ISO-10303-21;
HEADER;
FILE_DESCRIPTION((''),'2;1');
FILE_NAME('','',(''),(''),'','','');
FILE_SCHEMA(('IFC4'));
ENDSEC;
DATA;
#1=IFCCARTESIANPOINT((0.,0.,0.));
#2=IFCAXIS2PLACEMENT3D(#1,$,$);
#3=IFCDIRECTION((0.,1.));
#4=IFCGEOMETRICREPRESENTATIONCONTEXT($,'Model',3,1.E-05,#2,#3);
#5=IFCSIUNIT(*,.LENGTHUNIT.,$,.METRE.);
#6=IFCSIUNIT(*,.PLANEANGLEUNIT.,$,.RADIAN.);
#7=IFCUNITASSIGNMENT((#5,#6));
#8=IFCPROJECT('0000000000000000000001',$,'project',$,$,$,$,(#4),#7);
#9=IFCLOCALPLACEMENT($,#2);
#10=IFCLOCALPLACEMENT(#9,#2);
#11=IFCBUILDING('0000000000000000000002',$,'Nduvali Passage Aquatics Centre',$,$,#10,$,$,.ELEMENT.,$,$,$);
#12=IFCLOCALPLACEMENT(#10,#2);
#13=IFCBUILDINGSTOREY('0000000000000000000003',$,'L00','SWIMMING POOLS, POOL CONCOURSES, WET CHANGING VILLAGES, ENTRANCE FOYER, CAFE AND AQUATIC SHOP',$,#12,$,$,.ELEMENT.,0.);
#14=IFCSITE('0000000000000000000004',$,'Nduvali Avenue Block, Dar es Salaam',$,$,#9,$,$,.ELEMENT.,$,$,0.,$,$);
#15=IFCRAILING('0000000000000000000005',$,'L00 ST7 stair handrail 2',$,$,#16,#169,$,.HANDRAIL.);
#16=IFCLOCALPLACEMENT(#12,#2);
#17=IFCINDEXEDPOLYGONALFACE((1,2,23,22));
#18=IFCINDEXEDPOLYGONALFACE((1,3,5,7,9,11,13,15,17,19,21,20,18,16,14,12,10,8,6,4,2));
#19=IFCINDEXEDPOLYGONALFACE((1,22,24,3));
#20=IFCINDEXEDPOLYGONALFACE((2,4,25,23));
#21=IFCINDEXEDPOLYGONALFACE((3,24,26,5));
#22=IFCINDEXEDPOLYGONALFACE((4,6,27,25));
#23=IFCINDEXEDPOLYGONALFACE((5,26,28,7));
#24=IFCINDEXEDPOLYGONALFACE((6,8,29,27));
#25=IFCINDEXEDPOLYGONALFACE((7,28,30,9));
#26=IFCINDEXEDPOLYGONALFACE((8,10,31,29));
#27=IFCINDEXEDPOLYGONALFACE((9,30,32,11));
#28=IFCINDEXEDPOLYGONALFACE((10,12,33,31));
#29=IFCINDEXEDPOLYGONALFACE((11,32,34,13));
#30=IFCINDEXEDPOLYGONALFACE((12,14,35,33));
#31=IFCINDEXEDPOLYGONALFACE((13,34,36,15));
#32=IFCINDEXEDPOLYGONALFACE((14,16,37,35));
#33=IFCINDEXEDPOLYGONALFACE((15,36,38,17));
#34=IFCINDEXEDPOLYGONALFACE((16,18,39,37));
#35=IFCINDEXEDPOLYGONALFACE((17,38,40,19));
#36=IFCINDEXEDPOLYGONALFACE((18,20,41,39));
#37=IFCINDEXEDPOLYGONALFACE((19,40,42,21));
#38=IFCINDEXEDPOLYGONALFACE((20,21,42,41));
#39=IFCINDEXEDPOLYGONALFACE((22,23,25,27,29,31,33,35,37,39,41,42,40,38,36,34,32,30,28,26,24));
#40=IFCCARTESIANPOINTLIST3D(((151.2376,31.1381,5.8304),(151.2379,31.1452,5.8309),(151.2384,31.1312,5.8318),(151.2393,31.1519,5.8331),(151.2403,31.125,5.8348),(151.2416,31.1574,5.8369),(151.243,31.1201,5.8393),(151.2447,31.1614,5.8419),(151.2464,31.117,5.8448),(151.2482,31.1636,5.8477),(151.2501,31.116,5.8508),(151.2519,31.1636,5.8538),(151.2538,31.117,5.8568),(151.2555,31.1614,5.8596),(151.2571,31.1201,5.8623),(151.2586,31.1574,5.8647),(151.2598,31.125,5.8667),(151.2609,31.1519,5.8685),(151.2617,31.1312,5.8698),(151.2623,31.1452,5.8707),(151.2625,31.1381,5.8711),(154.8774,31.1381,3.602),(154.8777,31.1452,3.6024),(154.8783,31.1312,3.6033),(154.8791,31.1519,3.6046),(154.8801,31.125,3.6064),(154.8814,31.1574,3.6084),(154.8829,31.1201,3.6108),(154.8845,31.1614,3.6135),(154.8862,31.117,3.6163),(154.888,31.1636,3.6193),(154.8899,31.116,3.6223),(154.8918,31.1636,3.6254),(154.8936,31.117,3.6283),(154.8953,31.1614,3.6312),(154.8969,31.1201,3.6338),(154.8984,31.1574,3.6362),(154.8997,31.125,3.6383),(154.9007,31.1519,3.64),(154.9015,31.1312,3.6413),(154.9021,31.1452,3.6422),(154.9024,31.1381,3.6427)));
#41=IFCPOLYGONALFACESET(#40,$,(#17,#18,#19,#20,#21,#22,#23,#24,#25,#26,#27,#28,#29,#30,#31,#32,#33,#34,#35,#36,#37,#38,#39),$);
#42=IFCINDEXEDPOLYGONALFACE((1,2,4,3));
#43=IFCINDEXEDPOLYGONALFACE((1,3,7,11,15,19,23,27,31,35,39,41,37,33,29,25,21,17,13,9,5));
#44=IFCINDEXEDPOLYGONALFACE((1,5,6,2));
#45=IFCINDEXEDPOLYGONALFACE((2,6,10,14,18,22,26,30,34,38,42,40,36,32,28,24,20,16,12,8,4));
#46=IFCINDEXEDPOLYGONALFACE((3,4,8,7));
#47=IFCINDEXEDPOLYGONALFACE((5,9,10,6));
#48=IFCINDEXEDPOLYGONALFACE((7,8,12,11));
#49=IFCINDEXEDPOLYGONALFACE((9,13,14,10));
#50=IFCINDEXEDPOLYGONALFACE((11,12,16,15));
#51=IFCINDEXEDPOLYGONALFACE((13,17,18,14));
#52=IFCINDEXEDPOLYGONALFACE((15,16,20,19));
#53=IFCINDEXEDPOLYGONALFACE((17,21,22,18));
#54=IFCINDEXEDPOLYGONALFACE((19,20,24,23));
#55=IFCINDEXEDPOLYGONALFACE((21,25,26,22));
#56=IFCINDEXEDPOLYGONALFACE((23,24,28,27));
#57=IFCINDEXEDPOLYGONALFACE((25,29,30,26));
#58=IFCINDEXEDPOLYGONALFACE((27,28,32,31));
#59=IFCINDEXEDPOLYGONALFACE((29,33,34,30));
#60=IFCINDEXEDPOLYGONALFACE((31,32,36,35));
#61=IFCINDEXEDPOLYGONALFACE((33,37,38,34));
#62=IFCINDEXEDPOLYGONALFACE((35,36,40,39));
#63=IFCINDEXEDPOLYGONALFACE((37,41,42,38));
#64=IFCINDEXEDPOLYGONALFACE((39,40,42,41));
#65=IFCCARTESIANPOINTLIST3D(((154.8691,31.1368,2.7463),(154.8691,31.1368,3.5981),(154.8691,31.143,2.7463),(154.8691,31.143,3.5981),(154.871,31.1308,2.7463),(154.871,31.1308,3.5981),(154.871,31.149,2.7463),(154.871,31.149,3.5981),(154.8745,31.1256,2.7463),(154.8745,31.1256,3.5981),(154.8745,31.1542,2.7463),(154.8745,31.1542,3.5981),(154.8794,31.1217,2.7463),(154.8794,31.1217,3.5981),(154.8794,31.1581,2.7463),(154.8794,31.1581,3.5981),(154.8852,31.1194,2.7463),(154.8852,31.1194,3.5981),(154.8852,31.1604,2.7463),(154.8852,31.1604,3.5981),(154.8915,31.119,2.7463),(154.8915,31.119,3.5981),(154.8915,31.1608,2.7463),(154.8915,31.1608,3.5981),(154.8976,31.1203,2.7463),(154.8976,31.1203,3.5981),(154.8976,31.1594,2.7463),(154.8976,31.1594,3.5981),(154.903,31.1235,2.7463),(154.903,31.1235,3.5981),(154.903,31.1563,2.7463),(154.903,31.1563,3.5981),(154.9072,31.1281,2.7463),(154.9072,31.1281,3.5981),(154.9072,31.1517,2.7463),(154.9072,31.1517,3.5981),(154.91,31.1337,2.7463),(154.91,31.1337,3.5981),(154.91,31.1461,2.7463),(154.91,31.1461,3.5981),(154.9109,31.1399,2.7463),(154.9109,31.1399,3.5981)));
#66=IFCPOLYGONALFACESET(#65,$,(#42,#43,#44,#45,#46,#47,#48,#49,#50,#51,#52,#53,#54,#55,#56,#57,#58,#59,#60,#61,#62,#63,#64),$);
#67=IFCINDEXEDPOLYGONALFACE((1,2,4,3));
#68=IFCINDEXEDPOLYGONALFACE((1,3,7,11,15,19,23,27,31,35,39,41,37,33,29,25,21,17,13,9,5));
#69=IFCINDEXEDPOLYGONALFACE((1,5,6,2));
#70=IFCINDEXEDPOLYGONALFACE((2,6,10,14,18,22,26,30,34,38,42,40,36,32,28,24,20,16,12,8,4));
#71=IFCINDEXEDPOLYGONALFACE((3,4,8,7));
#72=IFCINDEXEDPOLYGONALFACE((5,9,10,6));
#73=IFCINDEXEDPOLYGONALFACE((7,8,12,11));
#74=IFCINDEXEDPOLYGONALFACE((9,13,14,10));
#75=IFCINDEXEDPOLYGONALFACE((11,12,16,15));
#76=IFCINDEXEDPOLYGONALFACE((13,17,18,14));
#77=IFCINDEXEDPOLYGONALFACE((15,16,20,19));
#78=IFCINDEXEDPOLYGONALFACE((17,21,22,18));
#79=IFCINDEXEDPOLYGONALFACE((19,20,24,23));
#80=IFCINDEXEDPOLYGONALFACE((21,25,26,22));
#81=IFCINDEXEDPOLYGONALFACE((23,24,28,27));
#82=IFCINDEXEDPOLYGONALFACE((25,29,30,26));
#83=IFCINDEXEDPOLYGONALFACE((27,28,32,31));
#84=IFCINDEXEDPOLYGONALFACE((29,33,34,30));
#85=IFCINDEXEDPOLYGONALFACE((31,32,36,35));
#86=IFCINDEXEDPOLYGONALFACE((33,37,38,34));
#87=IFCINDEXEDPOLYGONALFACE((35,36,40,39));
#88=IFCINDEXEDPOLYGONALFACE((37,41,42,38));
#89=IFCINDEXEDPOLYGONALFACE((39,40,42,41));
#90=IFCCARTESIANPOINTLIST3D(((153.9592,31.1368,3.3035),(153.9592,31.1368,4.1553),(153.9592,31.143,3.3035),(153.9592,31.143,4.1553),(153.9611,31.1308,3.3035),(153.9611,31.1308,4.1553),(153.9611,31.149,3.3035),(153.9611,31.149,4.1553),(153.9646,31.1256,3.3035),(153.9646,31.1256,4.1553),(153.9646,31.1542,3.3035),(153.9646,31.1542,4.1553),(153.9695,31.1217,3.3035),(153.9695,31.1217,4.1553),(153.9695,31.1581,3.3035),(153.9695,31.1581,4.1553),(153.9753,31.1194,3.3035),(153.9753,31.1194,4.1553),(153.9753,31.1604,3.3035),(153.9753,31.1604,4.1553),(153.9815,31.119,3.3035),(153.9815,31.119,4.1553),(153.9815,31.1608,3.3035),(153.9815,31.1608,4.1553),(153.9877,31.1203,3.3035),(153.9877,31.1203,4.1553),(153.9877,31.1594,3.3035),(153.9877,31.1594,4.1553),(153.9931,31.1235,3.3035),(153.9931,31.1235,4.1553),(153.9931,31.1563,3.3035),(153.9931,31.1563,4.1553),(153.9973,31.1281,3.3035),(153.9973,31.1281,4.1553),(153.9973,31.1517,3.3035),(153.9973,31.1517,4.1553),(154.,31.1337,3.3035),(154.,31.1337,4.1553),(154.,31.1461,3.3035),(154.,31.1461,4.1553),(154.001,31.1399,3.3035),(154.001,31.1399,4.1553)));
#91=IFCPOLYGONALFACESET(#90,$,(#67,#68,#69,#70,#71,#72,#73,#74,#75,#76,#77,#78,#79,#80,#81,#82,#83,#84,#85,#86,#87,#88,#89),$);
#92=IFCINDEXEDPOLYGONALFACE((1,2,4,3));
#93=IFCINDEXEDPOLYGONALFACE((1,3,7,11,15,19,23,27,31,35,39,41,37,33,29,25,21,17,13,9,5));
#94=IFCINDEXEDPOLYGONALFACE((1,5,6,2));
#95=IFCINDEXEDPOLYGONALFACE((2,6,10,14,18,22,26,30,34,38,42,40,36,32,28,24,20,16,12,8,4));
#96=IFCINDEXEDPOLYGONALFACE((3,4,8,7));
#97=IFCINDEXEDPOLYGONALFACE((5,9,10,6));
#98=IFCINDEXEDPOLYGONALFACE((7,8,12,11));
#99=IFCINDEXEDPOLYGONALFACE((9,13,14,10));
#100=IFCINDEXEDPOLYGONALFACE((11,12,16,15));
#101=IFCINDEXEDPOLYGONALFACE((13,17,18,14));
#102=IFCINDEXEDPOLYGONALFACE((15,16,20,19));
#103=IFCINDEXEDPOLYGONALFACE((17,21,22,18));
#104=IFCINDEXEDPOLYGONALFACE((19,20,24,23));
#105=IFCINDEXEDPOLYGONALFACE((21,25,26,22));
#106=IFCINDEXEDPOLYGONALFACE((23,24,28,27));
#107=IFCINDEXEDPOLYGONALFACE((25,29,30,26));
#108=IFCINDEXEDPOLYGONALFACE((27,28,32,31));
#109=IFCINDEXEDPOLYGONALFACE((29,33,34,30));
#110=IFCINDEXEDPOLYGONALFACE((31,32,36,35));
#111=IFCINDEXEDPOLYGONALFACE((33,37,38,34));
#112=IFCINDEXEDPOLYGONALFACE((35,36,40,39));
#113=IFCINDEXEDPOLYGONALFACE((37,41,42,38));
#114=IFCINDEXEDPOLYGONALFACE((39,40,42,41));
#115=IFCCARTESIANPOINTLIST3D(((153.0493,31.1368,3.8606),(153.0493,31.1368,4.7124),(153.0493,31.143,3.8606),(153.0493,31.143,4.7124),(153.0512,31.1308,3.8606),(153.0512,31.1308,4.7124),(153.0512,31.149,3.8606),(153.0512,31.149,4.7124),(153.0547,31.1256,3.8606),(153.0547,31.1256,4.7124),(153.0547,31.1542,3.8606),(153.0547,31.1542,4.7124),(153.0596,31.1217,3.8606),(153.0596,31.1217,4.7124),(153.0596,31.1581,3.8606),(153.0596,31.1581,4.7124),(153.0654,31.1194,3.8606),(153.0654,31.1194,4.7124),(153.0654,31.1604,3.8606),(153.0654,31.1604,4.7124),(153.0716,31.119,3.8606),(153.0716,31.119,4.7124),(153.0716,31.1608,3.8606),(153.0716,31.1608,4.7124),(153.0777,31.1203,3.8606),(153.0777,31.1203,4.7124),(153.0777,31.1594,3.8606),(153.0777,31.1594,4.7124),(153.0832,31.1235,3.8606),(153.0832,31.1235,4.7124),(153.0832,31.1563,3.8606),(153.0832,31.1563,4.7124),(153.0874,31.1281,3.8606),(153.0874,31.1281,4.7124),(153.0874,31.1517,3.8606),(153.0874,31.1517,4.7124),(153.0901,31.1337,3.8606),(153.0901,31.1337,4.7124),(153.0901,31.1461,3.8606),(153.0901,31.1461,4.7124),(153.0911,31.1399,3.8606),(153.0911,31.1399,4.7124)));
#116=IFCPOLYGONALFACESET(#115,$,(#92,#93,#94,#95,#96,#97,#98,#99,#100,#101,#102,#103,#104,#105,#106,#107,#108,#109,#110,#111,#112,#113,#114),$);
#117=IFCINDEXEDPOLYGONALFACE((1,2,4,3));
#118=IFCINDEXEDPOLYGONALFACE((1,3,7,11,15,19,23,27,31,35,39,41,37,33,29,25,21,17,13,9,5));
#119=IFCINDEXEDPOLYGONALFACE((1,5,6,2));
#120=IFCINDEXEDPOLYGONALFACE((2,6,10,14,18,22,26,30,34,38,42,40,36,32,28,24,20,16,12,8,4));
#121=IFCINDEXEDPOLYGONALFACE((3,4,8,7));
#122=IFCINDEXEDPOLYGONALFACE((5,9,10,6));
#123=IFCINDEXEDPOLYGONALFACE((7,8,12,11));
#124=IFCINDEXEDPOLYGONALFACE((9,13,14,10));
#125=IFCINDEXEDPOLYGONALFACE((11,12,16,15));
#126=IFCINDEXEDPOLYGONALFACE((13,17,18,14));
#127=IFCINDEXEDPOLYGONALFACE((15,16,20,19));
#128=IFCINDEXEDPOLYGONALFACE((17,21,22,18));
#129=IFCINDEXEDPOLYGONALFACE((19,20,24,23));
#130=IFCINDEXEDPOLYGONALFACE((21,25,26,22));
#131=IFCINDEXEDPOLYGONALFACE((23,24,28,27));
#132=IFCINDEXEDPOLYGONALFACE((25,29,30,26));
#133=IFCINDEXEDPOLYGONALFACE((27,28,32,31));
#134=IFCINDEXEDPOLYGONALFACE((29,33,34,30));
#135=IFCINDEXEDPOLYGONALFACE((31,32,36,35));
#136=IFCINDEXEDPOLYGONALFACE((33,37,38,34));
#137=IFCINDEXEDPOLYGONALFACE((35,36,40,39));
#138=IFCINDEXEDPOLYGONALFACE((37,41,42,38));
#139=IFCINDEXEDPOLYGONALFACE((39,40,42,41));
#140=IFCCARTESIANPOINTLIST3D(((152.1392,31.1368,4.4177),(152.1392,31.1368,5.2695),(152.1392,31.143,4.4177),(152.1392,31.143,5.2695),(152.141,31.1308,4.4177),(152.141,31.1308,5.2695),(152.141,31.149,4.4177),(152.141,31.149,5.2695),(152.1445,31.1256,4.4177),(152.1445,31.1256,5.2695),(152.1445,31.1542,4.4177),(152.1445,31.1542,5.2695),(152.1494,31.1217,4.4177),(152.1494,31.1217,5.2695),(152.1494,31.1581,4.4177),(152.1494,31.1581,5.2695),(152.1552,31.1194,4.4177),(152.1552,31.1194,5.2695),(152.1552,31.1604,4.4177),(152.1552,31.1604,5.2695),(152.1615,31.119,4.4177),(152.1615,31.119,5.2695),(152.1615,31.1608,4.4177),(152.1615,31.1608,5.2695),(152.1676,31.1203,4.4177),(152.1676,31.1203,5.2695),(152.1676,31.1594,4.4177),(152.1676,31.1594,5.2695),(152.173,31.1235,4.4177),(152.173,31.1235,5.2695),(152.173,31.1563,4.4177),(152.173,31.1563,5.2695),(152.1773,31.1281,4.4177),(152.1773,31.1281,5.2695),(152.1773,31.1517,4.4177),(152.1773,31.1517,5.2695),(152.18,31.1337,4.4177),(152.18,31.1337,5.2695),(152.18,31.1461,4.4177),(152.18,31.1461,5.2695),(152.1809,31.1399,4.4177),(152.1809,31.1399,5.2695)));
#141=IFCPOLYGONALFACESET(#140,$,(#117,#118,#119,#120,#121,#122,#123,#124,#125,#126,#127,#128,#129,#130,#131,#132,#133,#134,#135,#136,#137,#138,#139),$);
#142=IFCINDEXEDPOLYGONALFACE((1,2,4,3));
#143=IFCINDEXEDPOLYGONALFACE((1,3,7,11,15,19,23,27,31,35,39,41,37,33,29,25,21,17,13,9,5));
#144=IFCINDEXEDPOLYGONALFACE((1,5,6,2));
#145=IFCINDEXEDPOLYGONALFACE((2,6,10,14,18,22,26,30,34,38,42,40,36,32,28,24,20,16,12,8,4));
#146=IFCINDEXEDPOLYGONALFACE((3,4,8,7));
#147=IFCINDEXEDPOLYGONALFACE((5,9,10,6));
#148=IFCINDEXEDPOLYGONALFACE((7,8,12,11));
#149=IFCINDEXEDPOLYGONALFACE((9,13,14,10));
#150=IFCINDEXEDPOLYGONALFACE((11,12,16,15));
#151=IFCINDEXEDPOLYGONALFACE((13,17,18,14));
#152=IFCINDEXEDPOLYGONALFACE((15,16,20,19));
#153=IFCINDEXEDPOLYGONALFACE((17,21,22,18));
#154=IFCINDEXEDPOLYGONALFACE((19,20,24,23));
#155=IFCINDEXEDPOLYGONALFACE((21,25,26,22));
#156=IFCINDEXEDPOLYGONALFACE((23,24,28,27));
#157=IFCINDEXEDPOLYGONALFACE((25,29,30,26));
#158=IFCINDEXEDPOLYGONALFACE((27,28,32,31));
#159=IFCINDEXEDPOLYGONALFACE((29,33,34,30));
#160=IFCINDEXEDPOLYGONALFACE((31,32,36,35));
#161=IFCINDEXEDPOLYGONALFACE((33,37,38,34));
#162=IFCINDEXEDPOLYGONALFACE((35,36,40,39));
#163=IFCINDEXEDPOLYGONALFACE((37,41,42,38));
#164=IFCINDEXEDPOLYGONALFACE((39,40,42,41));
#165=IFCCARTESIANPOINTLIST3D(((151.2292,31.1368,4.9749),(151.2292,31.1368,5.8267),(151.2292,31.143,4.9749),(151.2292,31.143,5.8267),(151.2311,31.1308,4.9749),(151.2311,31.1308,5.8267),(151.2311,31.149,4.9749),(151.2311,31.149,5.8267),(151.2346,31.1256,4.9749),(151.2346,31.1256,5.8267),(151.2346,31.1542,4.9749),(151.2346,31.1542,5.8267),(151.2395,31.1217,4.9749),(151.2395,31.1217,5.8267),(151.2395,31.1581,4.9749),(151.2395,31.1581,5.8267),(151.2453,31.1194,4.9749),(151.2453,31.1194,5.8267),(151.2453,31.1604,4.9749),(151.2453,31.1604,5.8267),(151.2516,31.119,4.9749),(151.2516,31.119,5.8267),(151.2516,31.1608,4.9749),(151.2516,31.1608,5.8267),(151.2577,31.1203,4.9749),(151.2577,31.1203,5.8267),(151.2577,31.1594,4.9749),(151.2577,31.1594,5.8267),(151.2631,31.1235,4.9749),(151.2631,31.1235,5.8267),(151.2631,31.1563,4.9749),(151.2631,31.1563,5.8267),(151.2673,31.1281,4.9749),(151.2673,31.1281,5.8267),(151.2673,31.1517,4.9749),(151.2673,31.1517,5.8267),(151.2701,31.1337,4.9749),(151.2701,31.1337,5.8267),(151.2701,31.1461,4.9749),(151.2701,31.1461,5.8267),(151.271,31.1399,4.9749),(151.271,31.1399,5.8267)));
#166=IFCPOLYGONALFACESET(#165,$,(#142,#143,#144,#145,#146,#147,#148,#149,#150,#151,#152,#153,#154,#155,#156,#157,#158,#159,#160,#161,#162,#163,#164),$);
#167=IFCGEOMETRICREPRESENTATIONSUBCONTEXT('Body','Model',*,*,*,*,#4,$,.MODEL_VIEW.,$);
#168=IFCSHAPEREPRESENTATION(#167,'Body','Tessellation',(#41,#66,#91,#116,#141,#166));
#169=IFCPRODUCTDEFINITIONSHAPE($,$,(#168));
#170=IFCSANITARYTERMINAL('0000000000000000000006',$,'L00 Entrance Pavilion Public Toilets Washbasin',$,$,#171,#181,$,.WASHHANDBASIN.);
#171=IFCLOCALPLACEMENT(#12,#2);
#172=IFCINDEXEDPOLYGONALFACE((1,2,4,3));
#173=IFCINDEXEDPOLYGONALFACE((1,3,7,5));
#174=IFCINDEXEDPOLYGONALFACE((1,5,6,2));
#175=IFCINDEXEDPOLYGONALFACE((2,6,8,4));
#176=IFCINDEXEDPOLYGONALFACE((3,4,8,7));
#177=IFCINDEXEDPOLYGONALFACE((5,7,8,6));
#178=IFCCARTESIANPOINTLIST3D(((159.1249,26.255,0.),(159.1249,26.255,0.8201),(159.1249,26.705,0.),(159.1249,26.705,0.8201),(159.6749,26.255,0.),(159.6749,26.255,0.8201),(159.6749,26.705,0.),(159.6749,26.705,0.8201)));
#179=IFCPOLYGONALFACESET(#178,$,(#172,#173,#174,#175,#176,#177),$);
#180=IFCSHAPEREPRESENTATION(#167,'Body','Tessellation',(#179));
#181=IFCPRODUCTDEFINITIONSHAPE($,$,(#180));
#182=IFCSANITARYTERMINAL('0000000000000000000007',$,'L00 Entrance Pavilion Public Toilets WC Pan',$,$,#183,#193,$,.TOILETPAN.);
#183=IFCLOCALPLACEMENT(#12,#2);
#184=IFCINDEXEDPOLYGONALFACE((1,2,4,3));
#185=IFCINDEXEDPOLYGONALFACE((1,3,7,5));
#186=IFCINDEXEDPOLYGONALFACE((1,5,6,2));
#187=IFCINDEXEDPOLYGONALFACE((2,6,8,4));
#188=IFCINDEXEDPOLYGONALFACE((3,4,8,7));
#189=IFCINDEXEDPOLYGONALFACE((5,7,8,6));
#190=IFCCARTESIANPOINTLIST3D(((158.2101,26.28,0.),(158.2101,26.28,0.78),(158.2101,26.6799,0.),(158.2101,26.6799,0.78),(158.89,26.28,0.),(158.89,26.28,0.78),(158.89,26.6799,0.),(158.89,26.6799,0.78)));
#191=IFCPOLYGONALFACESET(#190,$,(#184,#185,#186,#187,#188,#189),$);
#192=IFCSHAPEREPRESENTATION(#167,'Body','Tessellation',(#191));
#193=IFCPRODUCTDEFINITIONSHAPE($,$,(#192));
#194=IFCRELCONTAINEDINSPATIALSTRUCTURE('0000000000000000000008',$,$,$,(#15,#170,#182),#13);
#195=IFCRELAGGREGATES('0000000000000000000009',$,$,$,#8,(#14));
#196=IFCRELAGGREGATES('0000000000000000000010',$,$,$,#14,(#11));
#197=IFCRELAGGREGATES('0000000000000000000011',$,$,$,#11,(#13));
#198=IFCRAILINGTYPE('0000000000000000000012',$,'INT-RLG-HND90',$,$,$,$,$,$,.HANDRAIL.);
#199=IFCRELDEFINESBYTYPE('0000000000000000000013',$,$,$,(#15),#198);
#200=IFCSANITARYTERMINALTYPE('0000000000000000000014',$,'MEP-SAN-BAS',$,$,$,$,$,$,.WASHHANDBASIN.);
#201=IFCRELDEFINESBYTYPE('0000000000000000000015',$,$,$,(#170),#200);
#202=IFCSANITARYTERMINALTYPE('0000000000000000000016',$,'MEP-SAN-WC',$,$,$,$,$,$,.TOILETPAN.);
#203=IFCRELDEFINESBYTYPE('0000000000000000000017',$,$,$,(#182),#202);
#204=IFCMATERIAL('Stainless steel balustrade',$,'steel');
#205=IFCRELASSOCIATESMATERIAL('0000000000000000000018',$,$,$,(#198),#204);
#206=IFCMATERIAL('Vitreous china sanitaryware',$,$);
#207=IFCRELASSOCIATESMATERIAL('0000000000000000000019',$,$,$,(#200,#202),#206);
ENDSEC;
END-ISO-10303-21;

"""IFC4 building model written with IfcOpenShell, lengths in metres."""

from ifc_helpers import new_model, si_unit, direction, frame, origin, origin_2d, place, context, subcontext, project, spatial, rectangle, circle, extrude, material, type_object, element, save


model = new_model("IFC4")

# Units and contexts
model_context = context("Model", 3, precision=1e-05, world=origin(), true_north=direction((0.0, 1.0)))
body_context = subcontext(model_context, "Body", "Model", "MODEL_VIEW")
ifc_project = project(units=[si_unit("LENGTHUNIT", "METRE"), si_unit("PLANEANGLEUNIT", "RADIAN")], contexts=[model_context])

# Site, building, storey
site_placement = place(None, origin())
site = spatial("IfcSite", under=ifc_project, at=site_placement, Name="Nduvali Avenue Block, Dar es Salaam", CompositionType="ELEMENT", RefElevation=0.0)
building_placement = place(site_placement, origin())
building = spatial("IfcBuilding", under=site, at=building_placement, Name="Nduvali Passage Aquatics Centre", CompositionType="ELEMENT")
storey_placement = place(building_placement, origin())
storey = spatial("IfcBuildingStorey", under=building, at=storey_placement, Name="L00", Description="SWIMMING POOLS, POOL CONCOURSES, WET CHANGING VILLAGES, ENTRANCE FOYER, CAFE AND AQUATIC SHOP", CompositionType="ELEMENT", Elevation=0.0)

# Railing
ifc_material_1 = material(Name="Stainless steel balustrade", Category="steel")
railing_type_1 = type_object("IfcRailingType", Name="INT-RLG-HND90", PredefinedType="HANDRAIL", material=ifc_material_1)
railing_1_placement = place(storey_placement, frame((154.8899, 31.1399, 2.7463)))
element("IfcRailing", 1, at=railing_1_placement, inside=storey, type_object=railing_type_1, Name="L00 ST7 stair handrail 2", PredefinedType="HANDRAIL", context=body_context, shape_type="SweptSolid", body=[
    extrude(circle(Radius=0.0239, at=origin_2d()), frame((0.0, 0.0, 0.876), z_axis=(-0.85285, 0.0, 0.522156), x_axis=(0.0, -1.0, 0.0)), (0.0, 0.0, 1.0), 4.2678),
    extrude(circle(Radius=0.021, at=origin_2d()), origin(), (0.0, 0.0, 1.0), 0.8518),
    extrude(circle(Radius=0.021, at=origin_2d()), frame((-0.9099, 0.0, 0.5571)), (0.0, 0.0, 1.0), 0.8518),
    extrude(circle(Radius=0.021, at=origin_2d()), frame((-1.8198, 0.0, 1.1143)), (0.0, 0.0, 1.0), 0.8518),
    extrude(circle(Radius=0.021, at=origin_2d()), frame((-2.73, 0.0, 1.6714)), (0.0, 0.0, 1.0), 0.8518),
    extrude(circle(Radius=0.021, at=origin_2d()), frame((-3.6399, 0.0, 2.2285)), (0.0, 0.0, 1.0), 0.8518),
])

# Sanitary terminals
ifc_material_2 = material(Name="Vitreous china sanitaryware")
sanitary_terminal_type_1 = type_object("IfcSanitaryTerminalType", Name="MEP-SAN-BAS", PredefinedType="WASHHANDBASIN", material=ifc_material_2)
sanitary_terminal_1_placement = place(storey_placement, frame((159.3999, 26.48, 0.0), z_axis=(0.0, 0.0, 1.0), x_axis=(1.0, 0.0, 0.0)))
element("IfcSanitaryTerminal", 2, at=sanitary_terminal_1_placement, inside=storey, type_object=sanitary_terminal_type_1, Name="L00 Entrance Pavilion Public Toilets Washbasin", PredefinedType="WASHHANDBASIN", context=body_context, shape_type="SweptSolid", body=[
    extrude(rectangle(XDim=0.55, YDim=0.45, at=origin_2d()), origin(), (0.0, 0.0, 1.0), 0.8201),
])
sanitary_terminal_type_2 = type_object("IfcSanitaryTerminalType", Name="MEP-SAN-WC", PredefinedType="TOILETPAN", material=ifc_material_2)
sanitary_terminal_2_placement = place(storey_placement, frame((158.55, 26.48, 0.0), z_axis=(0.0, 0.0, 1.0), x_axis=(1.0, 0.0, 0.0)))
element("IfcSanitaryTerminal", 3, at=sanitary_terminal_2_placement, inside=storey, type_object=sanitary_terminal_type_2, Name="L00 Entrance Pavilion Public Toilets WC Pan", PredefinedType="TOILETPAN", context=body_context, shape_type="SweptSolid", body=[
    extrude(rectangle(XDim=0.6799, YDim=0.3999, at=origin_2d()), origin(), (0.0, 0.0, 1.0), 0.78),
])

save(model, "model.ifc")
